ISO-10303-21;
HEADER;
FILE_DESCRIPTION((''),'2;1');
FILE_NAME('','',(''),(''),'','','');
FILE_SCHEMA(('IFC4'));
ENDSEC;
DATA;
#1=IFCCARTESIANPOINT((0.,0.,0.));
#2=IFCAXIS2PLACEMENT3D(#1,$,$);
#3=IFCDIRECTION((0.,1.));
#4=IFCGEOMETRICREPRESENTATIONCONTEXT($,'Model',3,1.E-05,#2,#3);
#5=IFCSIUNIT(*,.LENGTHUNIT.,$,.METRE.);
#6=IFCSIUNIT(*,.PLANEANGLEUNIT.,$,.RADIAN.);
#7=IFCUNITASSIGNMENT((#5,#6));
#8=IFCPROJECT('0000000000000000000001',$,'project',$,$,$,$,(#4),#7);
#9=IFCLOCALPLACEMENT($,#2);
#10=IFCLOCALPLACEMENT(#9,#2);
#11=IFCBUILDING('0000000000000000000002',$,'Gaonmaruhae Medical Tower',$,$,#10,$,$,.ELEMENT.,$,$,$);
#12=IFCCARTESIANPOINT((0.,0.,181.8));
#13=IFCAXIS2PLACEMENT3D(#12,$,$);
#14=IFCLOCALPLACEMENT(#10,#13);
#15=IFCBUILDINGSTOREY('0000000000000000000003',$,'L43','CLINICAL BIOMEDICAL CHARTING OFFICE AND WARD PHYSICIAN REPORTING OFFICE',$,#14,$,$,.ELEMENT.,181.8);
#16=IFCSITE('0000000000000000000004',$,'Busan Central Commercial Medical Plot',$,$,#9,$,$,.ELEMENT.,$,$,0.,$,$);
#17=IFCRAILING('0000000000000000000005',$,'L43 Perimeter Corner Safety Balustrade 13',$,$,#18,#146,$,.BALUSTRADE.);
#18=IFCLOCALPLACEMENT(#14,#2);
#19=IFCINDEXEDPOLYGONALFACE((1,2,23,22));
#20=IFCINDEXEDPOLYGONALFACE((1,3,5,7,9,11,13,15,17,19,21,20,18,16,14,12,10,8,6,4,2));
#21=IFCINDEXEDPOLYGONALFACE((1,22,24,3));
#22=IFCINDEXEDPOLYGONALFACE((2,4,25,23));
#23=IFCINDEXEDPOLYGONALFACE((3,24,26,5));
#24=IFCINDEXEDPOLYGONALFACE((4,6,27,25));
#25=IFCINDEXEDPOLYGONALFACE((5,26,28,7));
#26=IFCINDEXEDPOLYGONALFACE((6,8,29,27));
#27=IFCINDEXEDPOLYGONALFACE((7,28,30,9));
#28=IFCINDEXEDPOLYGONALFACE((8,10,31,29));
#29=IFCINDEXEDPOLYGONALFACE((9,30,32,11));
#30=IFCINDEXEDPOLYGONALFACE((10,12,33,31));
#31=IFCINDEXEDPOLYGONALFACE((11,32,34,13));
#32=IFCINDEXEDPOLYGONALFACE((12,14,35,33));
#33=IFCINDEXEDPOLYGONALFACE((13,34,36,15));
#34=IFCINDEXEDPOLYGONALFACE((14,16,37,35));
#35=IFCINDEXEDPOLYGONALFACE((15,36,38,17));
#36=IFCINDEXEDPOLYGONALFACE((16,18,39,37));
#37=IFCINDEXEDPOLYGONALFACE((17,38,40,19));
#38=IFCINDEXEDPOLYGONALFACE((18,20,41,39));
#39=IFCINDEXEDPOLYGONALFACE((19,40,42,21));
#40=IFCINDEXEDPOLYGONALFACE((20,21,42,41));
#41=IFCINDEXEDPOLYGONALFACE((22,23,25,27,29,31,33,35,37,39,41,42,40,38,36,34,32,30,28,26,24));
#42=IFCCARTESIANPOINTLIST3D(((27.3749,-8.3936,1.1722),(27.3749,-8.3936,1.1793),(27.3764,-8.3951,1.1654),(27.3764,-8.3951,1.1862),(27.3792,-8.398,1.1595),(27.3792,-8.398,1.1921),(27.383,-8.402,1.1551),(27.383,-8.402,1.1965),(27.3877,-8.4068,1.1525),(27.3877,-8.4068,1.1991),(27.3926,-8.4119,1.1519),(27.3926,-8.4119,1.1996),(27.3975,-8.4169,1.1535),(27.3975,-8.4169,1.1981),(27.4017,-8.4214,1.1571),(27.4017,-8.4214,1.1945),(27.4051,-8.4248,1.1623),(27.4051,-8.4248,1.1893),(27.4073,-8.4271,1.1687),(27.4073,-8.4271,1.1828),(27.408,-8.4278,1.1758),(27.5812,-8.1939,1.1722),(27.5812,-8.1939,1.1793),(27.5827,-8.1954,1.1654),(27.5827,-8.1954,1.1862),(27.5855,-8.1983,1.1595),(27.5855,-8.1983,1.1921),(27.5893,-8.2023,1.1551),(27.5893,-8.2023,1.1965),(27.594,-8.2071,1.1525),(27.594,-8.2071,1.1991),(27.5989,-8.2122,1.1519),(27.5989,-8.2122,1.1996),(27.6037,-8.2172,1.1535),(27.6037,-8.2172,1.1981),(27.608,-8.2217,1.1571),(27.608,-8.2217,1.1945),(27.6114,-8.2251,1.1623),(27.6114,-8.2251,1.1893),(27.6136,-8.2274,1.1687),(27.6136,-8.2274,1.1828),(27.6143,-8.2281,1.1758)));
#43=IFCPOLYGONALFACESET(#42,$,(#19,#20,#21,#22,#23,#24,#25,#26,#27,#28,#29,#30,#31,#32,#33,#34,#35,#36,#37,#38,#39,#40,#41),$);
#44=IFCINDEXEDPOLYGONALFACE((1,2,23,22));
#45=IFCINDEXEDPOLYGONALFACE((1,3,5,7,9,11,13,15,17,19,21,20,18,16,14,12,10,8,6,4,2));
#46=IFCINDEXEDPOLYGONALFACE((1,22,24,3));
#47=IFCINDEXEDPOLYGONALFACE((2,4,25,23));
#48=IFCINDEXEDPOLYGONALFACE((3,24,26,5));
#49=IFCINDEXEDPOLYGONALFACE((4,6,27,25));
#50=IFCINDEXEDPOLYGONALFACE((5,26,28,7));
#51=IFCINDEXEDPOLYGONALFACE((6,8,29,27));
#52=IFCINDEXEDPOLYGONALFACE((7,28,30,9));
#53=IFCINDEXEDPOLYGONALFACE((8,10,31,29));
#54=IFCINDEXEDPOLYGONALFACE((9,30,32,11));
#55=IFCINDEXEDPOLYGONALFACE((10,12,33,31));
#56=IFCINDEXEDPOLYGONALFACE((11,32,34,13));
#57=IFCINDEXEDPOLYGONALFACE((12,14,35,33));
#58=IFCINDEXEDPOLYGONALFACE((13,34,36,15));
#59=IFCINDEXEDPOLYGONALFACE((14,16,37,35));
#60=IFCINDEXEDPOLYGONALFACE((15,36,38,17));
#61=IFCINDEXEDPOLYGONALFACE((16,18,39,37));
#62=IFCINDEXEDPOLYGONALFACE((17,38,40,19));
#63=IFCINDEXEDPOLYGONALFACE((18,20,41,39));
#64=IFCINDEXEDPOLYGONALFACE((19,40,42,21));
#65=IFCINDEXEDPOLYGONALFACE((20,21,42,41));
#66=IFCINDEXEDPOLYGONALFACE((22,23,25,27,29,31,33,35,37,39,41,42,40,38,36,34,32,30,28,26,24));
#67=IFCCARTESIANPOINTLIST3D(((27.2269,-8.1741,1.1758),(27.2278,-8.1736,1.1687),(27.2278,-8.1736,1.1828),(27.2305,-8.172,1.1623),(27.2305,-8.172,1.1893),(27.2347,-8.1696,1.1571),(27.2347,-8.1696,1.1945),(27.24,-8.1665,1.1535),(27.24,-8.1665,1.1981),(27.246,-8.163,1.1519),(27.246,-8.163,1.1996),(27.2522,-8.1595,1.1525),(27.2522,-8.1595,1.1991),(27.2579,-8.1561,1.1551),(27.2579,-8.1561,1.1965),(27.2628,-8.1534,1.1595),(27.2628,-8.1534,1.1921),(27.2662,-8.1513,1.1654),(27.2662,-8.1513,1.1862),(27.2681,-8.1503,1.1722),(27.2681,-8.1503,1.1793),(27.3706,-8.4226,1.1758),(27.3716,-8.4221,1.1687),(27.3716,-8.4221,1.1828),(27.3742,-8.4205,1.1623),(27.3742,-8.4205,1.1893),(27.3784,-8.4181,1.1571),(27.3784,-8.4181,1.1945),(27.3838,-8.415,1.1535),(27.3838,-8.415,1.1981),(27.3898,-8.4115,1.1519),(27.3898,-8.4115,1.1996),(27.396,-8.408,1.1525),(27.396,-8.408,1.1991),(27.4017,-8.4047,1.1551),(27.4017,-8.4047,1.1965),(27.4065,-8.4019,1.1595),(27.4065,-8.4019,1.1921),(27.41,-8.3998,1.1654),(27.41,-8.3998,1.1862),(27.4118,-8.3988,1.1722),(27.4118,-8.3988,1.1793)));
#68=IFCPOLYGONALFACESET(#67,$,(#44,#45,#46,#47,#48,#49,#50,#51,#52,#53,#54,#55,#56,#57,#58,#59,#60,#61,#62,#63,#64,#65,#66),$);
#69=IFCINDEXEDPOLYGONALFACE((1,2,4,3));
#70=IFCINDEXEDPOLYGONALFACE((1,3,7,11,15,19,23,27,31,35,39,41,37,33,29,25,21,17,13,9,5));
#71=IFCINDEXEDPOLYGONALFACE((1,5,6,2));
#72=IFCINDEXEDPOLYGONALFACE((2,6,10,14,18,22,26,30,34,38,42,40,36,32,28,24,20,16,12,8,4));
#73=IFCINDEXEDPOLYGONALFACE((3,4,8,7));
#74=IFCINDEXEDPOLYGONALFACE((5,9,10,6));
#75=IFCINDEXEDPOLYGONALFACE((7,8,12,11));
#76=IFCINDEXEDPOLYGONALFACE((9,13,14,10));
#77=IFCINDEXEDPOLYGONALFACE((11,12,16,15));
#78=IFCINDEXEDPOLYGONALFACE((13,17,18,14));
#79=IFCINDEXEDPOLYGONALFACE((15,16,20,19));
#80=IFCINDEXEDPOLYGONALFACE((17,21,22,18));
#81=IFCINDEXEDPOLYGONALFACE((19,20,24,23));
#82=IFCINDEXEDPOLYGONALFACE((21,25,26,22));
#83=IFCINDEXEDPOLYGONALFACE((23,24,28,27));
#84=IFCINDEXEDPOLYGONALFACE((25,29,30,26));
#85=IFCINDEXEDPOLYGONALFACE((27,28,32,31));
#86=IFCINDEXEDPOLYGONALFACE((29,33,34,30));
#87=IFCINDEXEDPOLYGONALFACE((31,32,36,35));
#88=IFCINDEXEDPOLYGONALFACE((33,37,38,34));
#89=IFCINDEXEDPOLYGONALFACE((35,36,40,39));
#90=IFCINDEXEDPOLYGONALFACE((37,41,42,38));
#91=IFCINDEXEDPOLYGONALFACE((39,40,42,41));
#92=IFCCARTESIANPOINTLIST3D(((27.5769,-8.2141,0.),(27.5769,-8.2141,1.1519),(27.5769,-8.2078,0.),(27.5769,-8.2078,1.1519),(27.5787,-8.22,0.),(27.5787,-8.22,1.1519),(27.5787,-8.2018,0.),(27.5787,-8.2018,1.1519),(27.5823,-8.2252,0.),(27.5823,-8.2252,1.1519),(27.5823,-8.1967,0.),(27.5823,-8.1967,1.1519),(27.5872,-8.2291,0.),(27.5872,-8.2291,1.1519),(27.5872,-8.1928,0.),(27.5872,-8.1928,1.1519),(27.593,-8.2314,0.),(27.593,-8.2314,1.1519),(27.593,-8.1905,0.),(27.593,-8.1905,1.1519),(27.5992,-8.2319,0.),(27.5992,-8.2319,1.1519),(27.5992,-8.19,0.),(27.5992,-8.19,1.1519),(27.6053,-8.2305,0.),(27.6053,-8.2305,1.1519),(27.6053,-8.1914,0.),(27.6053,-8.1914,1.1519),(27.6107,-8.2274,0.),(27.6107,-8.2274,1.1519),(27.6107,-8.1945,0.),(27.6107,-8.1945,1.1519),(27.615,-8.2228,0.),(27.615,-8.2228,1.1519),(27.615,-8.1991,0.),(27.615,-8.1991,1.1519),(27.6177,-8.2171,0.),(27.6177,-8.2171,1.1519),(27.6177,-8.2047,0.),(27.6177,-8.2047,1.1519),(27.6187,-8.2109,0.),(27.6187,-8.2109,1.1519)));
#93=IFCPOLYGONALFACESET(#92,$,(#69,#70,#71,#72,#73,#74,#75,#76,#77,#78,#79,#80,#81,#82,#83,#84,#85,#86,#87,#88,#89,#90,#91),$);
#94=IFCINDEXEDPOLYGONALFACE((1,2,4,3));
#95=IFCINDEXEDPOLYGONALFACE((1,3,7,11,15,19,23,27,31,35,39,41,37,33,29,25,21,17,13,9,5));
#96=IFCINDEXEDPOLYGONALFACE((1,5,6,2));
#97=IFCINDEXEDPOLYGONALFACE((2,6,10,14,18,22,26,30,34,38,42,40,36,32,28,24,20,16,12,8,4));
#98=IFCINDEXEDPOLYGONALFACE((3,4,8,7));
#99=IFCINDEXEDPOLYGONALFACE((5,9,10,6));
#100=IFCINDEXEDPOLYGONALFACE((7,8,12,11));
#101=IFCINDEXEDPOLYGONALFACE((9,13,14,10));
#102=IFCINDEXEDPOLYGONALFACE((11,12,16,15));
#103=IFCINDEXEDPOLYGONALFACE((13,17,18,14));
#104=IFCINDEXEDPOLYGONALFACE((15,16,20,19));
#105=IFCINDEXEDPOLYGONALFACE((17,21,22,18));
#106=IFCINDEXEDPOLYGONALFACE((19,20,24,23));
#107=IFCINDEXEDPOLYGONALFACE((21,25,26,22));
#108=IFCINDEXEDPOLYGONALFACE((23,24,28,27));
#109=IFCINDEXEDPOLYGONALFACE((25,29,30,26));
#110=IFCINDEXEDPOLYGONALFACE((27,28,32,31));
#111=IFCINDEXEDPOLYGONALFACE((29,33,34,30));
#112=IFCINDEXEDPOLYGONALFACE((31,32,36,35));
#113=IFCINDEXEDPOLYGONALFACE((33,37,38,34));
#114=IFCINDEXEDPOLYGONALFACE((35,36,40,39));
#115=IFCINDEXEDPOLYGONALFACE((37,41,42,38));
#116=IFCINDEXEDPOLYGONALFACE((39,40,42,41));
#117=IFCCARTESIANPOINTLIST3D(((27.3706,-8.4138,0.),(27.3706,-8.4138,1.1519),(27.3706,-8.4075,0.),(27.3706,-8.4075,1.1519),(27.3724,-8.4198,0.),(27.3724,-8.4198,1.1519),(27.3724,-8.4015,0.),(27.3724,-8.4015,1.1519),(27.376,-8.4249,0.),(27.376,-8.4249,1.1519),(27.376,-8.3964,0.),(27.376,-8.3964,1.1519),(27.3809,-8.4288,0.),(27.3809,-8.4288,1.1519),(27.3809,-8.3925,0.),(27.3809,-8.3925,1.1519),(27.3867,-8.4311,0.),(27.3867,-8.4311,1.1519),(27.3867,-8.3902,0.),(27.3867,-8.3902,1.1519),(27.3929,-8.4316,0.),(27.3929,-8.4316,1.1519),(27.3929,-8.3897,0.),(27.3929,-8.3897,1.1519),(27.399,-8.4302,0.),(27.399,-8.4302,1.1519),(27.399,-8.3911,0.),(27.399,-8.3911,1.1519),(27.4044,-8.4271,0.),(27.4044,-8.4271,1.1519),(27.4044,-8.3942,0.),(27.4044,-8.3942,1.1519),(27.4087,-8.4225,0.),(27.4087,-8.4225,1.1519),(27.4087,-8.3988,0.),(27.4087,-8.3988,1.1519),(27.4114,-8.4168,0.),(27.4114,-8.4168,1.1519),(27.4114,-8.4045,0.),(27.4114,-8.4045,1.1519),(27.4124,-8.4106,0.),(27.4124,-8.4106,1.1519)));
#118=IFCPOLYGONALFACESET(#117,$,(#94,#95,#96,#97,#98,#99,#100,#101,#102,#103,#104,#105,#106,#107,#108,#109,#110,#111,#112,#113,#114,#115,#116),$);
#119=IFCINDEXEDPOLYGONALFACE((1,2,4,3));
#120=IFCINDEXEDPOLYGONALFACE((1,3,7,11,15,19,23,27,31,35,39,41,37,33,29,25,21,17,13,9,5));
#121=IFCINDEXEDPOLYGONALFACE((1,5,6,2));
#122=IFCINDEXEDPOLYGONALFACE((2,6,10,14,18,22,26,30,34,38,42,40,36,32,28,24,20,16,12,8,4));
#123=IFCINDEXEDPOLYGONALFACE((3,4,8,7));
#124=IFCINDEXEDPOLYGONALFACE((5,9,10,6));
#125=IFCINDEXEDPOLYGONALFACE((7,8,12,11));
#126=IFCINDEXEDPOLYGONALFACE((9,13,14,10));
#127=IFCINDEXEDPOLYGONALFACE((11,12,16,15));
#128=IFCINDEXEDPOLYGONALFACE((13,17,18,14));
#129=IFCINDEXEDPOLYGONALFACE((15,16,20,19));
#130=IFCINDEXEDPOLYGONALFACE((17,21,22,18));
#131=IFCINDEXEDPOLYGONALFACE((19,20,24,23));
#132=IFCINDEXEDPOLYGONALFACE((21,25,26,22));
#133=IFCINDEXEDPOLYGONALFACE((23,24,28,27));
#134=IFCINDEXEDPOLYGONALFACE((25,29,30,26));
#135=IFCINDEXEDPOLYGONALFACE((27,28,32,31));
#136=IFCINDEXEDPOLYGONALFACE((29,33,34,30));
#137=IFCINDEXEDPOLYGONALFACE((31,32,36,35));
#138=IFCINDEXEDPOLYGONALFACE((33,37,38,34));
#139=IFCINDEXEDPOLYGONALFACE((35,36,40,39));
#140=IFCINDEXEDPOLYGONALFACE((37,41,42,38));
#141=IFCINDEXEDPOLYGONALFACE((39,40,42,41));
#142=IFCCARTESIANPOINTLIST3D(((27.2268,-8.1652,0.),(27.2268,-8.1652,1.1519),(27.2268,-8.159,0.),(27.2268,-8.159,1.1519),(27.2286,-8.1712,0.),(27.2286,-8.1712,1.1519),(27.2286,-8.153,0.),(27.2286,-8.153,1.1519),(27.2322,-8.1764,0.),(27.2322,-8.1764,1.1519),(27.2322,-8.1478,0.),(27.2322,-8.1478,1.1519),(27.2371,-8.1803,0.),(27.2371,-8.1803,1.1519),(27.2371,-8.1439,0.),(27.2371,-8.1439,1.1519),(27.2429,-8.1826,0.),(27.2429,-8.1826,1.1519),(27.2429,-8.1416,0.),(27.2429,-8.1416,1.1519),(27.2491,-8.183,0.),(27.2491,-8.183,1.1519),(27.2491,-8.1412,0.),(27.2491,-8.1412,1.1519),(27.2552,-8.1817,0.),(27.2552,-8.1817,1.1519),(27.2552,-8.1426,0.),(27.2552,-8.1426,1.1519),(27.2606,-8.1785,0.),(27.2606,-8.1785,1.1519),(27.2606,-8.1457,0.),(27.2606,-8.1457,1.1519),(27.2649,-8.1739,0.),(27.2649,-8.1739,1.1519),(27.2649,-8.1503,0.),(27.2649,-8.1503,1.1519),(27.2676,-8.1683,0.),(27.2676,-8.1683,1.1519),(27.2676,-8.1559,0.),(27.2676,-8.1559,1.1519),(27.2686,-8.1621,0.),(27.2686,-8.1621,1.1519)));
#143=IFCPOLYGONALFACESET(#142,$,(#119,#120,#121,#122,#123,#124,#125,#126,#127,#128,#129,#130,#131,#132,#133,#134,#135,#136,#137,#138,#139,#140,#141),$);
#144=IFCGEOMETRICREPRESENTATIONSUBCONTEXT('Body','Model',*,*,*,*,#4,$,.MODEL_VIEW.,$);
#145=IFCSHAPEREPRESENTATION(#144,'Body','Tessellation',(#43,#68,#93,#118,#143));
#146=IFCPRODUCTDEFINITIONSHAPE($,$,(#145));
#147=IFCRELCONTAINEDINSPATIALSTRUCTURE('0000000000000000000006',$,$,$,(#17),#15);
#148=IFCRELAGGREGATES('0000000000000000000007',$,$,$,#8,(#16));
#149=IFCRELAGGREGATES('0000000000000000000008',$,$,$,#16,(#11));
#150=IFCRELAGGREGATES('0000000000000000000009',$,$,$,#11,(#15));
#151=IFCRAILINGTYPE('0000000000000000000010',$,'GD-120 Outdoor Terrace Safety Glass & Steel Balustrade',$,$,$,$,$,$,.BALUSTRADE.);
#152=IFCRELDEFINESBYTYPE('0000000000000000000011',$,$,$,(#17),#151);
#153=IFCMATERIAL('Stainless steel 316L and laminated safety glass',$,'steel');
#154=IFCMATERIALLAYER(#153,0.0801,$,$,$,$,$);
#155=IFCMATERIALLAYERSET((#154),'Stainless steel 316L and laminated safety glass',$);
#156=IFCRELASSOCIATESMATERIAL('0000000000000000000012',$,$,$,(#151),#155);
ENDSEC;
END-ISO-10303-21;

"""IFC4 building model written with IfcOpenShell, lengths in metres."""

from ifc_helpers import new_model, si_unit, direction, frame, origin, origin_2d, place, context, subcontext, project, spatial, circle, extrude, material, layer, layer_set, type_object, element, save


model = new_model("IFC4")

# Units and contexts
model_context = context("Model", 3, precision=1e-05, world=origin(), true_north=direction((0.0, 1.0)))
body_context = subcontext(model_context, "Body", "Model", "MODEL_VIEW")
ifc_project = project(units=[si_unit("LENGTHUNIT", "METRE"), si_unit("PLANEANGLEUNIT", "RADIAN")], contexts=[model_context])

# Site, building, storey
site_placement = place(None, origin())
site = spatial("IfcSite", under=ifc_project, at=site_placement, Name="Busan Central Commercial Medical Plot", CompositionType="ELEMENT", RefElevation=0.0)
building_placement = place(site_placement, origin())
building = spatial("IfcBuilding", under=site, at=building_placement, Name="Gaonmaruhae Medical Tower", CompositionType="ELEMENT")
storey_placement = place(building_placement, frame((0.0, 0.0, 181.8)))
storey = spatial("IfcBuildingStorey", under=building, at=storey_placement, Name="L43", Description="CLINICAL BIOMEDICAL CHARTING OFFICE AND WARD PHYSICIAN REPORTING OFFICE", CompositionType="ELEMENT", Elevation=181.8)

# Railing
ifc_material_1 = material(Name="Stainless steel 316L and laminated safety glass", Category="steel")
ifc_layer_1 = layer(ifc_material_1, 0.0801)
ifc_layer_set_1 = layer_set([ifc_layer_1], Name="Stainless steel 316L and laminated safety glass")
railing_type = type_object("IfcRailingType", Name="GD-120 Outdoor Terrace Safety Glass & Steel Balustrade", PredefinedType="BALUSTRADE", material=ifc_layer_set_1)
railing_1_placement = place(storey_placement, frame((27.5977, -8.2109, 0.0)))
element("IfcRailing", 1, at=railing_1_placement, inside=storey, type_object=railing_type, Name="L43 Perimeter Corner Safety Balustrade 13", PredefinedType="BALUSTRADE", context=body_context, shape_type="SweptSolid", body=[
    extrude(circle(Radius=0.0239, at=origin_2d()), frame((0.0, 0.0, 1.1758), z_axis=(-0.718492, -0.695535, 0.0), x_axis=(0.695535, -0.718492, 0.0)), (0.0, 0.0, 1.0), 0.2871),
    extrude(circle(Radius=0.0239, at=origin_2d()), frame((-0.2063, -0.1997, 1.1758), z_axis=(-0.500802, 0.865562, 0.0), x_axis=(-0.865562, -0.500802, 0.0)), (0.0, 0.0, 1.0), 0.2871),
    extrude(circle(Radius=0.021, at=origin_2d()), origin(), (0.0, 0.0, 1.0), 1.1519),
    extrude(circle(Radius=0.021, at=origin_2d()), frame((-0.2063, -0.1997, 0.0)), (0.0, 0.0, 1.0), 1.1519),
    extrude(circle(Radius=0.021, at=origin_2d()), frame((-0.3501, 0.0488, 0.0)), (0.0, 0.0, 1.0), 1.1519),
])

save(model, "model.ifc")
